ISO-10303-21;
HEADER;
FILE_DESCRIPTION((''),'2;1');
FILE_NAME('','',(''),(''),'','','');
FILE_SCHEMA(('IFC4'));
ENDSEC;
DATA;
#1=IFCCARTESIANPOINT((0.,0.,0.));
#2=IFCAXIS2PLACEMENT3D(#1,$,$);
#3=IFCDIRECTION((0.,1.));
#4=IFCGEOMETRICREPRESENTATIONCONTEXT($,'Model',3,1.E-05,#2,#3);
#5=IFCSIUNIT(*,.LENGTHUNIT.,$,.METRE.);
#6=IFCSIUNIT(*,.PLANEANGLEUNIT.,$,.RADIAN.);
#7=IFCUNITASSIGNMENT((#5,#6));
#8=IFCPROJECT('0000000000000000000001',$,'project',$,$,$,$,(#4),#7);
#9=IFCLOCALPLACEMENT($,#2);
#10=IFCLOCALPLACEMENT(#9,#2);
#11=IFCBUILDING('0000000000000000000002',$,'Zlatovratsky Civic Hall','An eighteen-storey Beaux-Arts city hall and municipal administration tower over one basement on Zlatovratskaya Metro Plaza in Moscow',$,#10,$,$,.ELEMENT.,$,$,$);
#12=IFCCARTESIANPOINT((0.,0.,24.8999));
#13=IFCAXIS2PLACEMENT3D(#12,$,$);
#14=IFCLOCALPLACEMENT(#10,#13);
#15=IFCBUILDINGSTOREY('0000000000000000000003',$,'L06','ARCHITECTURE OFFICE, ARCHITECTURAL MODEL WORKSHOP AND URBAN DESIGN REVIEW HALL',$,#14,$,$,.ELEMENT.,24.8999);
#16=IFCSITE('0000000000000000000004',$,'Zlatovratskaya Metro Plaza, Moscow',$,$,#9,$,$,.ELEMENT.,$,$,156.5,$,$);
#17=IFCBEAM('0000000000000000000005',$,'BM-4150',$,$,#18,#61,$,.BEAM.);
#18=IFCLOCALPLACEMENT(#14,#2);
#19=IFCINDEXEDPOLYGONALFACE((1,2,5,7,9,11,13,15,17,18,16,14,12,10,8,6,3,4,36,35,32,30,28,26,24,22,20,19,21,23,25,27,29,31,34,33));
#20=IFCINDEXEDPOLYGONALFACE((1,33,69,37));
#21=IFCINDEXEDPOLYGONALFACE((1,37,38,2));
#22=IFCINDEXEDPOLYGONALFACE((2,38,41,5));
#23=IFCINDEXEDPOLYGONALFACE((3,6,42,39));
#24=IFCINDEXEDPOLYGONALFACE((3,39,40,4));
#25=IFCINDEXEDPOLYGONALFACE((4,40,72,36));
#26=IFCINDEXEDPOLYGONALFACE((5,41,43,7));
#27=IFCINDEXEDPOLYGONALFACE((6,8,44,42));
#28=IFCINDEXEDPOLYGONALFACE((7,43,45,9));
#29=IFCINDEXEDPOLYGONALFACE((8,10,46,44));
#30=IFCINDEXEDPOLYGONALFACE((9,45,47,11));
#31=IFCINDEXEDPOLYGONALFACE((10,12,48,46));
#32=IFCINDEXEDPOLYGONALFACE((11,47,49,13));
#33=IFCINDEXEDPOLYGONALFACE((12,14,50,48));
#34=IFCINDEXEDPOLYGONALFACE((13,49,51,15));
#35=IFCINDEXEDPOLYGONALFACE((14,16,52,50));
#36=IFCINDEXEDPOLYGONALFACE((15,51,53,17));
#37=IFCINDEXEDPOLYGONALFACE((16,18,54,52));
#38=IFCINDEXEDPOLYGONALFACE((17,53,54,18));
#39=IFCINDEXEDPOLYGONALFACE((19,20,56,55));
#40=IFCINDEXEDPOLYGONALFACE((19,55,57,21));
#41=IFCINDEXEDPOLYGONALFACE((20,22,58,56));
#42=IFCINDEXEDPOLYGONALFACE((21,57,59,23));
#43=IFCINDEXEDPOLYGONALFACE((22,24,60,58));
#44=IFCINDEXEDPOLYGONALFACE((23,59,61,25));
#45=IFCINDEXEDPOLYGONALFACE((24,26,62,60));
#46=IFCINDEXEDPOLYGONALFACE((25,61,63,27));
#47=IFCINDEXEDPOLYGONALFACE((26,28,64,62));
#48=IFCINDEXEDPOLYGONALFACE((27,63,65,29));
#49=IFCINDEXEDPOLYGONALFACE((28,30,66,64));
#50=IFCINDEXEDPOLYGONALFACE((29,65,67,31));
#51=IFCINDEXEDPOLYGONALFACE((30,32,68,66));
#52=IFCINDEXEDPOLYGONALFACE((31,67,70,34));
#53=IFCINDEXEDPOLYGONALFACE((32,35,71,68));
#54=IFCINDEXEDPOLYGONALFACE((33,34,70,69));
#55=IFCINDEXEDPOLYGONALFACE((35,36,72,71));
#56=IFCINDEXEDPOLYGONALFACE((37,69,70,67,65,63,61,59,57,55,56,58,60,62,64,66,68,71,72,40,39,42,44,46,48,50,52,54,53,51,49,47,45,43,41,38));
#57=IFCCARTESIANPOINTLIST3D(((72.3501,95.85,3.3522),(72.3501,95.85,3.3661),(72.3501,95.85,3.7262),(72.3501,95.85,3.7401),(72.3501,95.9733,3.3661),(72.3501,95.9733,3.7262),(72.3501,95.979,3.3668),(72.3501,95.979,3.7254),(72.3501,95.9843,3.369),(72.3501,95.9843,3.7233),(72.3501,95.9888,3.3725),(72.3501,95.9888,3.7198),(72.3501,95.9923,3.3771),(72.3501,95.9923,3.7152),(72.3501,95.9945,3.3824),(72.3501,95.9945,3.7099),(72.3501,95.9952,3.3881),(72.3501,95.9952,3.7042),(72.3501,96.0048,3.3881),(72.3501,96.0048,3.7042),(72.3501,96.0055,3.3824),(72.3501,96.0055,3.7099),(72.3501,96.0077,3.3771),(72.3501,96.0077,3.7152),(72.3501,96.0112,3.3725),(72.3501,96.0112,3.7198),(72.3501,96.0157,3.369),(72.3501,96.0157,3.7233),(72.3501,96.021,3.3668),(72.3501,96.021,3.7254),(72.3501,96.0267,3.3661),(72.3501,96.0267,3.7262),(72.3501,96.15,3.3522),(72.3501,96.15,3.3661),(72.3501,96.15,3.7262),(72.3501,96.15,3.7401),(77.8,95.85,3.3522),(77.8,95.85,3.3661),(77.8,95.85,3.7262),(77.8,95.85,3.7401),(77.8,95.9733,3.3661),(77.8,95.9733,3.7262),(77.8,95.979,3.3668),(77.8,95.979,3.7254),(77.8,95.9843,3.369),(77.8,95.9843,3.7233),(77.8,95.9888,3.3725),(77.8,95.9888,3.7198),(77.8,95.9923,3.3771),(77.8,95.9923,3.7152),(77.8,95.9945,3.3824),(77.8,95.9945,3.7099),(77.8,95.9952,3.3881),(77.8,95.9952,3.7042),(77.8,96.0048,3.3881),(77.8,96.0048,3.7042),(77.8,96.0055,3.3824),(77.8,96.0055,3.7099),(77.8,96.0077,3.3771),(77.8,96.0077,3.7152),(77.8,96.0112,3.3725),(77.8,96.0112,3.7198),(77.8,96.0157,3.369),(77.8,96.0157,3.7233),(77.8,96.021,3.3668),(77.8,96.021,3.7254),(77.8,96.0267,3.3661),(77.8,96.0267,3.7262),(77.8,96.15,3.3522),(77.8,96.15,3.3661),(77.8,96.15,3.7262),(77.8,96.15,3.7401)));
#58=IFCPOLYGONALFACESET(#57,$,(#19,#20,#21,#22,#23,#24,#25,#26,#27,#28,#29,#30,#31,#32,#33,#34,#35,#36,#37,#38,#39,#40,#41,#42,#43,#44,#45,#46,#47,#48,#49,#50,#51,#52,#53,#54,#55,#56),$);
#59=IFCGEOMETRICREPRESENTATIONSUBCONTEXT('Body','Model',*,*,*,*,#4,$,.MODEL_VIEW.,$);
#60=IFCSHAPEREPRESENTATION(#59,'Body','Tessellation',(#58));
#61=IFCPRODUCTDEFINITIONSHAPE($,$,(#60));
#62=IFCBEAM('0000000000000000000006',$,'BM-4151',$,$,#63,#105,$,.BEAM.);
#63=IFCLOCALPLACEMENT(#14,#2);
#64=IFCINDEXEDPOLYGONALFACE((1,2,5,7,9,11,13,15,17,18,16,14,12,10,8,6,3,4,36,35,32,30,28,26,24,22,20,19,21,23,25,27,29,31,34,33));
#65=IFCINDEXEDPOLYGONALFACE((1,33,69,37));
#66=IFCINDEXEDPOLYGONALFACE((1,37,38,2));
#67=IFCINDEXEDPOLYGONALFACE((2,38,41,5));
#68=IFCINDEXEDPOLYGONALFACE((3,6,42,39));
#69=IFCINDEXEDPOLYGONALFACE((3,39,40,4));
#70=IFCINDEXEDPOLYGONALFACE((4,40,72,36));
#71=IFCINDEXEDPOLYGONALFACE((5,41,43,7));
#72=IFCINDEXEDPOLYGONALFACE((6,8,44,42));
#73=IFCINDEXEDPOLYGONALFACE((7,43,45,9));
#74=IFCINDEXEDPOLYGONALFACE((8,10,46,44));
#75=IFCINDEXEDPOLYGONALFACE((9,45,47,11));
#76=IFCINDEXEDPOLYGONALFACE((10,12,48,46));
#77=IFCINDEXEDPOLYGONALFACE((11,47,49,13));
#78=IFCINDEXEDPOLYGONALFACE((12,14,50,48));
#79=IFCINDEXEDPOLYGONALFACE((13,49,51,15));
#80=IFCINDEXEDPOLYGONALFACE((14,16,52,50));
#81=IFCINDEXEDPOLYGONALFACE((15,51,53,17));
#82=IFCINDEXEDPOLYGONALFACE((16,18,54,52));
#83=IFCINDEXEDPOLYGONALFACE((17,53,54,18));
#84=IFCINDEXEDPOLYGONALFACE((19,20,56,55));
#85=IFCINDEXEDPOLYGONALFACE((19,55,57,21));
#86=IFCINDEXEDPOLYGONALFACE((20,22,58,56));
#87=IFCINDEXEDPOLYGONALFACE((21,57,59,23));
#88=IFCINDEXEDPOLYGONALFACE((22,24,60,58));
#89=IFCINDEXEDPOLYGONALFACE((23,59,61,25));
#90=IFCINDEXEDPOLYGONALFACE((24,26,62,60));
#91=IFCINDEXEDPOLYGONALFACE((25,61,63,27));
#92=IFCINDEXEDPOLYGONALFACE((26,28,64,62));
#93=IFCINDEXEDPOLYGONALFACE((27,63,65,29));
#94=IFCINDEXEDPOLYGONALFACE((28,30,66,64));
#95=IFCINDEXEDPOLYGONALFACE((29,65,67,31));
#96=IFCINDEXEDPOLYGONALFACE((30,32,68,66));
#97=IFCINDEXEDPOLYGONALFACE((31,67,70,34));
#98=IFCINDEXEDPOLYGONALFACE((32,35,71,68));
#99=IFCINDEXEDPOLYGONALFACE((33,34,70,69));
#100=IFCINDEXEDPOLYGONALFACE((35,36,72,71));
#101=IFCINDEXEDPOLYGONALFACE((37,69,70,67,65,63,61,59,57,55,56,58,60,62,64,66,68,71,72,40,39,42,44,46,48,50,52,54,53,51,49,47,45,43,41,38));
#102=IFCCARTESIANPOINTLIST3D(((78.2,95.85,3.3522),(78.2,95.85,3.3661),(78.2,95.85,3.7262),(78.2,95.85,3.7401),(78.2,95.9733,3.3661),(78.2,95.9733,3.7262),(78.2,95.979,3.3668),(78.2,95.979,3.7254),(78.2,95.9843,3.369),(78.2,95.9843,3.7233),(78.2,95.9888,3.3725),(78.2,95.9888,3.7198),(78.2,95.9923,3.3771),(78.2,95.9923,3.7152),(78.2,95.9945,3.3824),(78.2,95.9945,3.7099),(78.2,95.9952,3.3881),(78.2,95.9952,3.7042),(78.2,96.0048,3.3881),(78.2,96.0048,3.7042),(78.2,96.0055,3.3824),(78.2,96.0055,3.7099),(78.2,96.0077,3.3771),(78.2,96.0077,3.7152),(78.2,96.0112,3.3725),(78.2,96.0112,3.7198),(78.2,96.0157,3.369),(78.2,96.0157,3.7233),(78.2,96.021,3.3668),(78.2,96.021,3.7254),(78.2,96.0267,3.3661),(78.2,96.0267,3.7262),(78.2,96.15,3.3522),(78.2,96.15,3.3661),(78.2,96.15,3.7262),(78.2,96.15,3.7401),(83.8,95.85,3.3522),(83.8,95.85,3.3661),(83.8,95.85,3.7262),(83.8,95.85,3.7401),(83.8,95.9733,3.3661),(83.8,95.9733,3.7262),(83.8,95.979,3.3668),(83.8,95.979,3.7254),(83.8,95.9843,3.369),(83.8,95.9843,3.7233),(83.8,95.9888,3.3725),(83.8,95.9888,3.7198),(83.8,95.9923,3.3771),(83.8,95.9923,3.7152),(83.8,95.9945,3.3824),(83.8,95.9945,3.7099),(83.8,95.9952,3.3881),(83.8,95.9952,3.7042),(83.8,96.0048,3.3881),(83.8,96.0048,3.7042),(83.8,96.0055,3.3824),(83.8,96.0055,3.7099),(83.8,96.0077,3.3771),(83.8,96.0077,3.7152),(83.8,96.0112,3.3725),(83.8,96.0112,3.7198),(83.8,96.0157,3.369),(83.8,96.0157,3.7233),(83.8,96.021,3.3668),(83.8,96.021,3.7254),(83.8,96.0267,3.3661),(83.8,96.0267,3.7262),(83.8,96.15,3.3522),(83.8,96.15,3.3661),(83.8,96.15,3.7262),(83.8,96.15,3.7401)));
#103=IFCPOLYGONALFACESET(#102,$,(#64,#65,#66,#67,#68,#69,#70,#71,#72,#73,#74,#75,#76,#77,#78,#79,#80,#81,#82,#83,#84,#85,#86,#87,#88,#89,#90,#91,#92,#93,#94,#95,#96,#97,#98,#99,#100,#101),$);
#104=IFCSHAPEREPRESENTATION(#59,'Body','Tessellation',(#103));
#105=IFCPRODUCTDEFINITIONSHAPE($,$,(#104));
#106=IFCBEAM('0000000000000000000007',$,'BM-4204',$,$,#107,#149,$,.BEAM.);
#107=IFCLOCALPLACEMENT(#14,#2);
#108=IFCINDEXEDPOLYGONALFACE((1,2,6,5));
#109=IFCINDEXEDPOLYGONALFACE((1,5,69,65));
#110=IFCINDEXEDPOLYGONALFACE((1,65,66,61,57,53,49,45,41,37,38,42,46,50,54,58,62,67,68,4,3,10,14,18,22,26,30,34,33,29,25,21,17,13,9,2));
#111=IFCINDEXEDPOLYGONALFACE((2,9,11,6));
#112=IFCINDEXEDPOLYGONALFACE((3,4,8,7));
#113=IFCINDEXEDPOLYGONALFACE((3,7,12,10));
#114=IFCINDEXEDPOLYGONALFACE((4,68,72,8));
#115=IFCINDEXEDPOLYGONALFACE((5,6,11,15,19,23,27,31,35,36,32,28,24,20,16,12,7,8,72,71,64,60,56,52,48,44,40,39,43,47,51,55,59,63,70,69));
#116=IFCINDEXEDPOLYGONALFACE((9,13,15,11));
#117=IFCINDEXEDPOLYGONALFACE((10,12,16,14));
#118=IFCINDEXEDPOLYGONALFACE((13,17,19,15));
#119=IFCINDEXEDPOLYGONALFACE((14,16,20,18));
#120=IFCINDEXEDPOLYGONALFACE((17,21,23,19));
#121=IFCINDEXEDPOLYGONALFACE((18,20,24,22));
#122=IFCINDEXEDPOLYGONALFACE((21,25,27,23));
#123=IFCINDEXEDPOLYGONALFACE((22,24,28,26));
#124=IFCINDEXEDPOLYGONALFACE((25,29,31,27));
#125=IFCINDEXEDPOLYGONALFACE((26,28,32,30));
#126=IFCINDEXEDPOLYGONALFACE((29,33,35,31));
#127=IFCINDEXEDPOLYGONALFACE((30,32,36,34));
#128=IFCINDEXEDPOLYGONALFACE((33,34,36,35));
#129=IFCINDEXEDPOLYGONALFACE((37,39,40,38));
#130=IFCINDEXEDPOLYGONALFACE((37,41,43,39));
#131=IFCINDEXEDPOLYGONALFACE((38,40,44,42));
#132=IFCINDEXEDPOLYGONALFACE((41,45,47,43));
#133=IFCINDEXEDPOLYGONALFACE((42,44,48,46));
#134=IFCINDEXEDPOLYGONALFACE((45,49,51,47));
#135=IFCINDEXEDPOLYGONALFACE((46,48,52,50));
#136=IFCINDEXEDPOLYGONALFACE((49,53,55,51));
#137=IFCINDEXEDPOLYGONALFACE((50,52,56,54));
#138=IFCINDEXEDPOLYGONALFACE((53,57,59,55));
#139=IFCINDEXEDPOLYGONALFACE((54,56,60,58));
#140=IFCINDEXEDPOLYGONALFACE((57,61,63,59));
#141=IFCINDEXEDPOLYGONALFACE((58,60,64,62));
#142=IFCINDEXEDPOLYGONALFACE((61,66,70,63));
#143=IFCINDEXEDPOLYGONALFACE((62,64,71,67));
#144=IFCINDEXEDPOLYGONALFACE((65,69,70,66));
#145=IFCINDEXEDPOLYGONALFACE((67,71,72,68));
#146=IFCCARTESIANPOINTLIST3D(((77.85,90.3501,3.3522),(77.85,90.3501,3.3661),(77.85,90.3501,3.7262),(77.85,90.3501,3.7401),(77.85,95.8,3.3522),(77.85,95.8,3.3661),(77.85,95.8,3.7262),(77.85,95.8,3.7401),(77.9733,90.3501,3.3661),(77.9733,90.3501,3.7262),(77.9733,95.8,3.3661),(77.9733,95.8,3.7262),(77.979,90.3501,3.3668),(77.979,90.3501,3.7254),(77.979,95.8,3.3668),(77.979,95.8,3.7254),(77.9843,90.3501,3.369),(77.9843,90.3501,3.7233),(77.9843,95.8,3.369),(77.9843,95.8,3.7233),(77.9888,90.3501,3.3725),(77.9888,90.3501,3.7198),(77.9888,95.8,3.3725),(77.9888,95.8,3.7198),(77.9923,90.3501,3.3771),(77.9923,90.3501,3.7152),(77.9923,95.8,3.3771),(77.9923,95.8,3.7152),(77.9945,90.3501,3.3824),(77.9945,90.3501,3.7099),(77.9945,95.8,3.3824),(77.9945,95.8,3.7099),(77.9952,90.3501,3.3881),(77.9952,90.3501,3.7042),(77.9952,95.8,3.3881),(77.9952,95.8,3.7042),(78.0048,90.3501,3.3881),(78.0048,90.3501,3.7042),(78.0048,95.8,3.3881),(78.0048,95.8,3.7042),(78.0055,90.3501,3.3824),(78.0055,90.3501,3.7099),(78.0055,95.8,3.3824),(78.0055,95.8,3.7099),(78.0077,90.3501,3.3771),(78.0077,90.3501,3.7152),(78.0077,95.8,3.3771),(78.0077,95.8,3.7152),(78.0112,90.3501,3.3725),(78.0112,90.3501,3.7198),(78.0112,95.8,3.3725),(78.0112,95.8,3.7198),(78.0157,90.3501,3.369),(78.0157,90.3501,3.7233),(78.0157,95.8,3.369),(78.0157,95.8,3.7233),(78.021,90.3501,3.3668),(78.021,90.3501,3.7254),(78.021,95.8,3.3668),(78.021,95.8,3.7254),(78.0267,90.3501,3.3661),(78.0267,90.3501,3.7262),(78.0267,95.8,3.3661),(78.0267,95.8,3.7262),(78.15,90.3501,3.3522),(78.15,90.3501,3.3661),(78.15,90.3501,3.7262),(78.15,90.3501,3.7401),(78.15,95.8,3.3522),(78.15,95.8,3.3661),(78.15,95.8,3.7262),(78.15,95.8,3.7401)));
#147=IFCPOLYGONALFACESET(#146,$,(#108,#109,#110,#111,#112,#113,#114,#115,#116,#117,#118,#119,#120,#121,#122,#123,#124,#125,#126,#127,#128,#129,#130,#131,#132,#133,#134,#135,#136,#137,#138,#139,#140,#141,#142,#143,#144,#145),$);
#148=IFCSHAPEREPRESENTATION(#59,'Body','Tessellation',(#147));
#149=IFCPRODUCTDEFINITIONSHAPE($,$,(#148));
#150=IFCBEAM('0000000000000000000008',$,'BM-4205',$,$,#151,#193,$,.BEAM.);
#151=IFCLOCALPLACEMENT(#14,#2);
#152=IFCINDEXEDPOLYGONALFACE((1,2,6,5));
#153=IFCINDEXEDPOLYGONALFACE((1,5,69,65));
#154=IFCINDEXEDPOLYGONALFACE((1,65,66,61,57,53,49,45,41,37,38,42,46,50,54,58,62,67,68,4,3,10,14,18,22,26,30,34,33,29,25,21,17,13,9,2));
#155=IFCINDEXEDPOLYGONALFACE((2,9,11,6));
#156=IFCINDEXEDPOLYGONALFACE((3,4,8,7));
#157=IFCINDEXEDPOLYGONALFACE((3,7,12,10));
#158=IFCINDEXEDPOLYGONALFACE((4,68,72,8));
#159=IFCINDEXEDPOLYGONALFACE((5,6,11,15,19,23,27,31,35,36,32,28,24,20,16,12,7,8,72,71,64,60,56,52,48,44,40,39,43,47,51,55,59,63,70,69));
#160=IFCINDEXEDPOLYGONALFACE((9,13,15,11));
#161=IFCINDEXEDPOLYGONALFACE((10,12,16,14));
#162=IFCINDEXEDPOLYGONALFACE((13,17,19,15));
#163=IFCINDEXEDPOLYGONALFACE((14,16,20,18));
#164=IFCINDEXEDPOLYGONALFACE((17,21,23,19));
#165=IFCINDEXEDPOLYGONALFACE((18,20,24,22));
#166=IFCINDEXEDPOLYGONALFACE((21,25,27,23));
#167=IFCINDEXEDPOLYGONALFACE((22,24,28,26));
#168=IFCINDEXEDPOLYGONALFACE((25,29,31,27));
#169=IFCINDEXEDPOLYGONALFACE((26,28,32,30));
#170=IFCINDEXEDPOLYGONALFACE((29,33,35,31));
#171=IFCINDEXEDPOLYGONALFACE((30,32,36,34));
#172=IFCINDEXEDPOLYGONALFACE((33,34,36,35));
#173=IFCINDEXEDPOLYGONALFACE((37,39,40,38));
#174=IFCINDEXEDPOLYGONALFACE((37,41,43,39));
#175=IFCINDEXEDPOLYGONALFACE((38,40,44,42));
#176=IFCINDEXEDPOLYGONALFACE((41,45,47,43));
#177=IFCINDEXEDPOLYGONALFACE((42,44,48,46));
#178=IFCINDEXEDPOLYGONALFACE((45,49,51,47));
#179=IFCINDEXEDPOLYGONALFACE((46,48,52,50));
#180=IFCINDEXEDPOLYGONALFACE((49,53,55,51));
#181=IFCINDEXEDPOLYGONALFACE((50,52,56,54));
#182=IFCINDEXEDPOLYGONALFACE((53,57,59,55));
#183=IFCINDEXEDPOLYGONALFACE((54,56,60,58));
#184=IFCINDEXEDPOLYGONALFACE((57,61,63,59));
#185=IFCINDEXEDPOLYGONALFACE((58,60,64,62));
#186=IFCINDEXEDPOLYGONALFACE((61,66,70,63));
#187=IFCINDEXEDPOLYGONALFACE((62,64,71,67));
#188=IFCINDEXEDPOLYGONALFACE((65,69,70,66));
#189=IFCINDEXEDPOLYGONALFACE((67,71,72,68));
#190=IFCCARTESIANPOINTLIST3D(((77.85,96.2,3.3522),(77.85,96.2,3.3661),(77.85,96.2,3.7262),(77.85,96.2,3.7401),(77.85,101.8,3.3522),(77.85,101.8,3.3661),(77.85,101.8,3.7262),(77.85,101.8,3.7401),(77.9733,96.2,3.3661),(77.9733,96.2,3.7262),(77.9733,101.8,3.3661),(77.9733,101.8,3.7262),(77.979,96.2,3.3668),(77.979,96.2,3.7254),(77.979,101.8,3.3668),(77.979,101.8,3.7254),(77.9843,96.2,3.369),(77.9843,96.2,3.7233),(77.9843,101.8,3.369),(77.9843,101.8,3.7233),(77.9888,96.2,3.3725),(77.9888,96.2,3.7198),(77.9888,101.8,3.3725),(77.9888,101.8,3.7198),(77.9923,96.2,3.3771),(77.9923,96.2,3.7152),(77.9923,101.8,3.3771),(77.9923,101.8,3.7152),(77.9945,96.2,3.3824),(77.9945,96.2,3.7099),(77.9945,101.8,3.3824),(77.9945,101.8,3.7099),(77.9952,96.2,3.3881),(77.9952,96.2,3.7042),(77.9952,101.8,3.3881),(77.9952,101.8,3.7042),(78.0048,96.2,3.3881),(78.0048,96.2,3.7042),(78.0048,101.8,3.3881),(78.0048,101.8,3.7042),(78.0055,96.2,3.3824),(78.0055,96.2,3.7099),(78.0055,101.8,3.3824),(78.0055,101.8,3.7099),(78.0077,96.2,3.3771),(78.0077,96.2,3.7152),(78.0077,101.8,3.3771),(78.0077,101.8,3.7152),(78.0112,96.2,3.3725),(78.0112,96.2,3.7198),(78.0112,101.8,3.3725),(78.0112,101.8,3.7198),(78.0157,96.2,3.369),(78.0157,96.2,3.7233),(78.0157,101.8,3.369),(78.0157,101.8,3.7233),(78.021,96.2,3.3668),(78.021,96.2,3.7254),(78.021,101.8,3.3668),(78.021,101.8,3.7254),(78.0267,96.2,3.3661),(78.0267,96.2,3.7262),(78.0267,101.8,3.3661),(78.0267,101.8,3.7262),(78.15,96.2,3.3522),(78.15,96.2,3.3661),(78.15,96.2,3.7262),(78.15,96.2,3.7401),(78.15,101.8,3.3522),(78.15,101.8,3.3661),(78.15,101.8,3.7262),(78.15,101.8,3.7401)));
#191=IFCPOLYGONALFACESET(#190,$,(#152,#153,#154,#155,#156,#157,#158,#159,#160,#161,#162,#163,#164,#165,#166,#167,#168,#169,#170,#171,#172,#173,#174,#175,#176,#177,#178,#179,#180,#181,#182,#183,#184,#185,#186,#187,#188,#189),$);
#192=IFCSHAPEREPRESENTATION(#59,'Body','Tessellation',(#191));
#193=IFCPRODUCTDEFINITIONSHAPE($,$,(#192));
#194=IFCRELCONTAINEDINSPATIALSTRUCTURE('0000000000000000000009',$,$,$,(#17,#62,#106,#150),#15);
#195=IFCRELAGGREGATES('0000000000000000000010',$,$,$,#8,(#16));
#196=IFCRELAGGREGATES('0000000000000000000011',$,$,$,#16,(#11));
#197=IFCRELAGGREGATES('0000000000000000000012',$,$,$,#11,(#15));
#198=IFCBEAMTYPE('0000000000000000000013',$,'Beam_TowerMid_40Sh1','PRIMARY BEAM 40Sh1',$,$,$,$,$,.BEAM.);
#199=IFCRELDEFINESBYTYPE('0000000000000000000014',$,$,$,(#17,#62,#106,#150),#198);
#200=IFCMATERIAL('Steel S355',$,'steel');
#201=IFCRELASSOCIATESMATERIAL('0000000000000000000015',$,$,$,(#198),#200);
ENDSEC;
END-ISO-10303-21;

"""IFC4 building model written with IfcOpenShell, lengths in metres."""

from ifc_helpers import new_model, si_unit, direction, frame, origin, origin_2d, place, context, subcontext, project, spatial, i_section, extrude, material, material_profile, profile_set, type_object, element, save


model = new_model("IFC4")

# Units and contexts
model_context = context("Model", 3, precision=1e-05, world=origin(), true_north=direction((0.0, 1.0)))
body_context = subcontext(model_context, "Body", "Model", "MODEL_VIEW")
ifc_project = project(units=[si_unit("LENGTHUNIT", "METRE"), si_unit("PLANEANGLEUNIT", "RADIAN")], contexts=[model_context])

# Site, building, storey
site_placement = place(None, origin())
site = spatial("IfcSite", under=ifc_project, at=site_placement, Name="Zlatovratskaya Metro Plaza, Moscow", CompositionType="ELEMENT", RefElevation=156.5)
building_placement = place(site_placement, origin())
building = spatial("IfcBuilding", under=site, at=building_placement, Name="Zlatovratsky Civic Hall", Description="An eighteen-storey Beaux-Arts city hall and municipal administration tower over one basement on Zlatovratskaya Metro Plaza in Moscow", CompositionType="ELEMENT")
storey_placement = place(building_placement, frame((0.0, 0.0, 24.8999)))
storey = spatial("IfcBuildingStorey", under=building, at=storey_placement, Name="L06", Description="ARCHITECTURE OFFICE, ARCHITECTURAL MODEL WORKSHOP AND URBAN DESIGN REVIEW HALL", CompositionType="ELEMENT", Elevation=24.8999)

# Shared definitions
ifc_material_1 = material(Name="Steel S355", Category="steel")

# Beams
ifc_material_profile_1 = material_profile(ifc_material_1, i_section(OverallWidth=0.3, OverallDepth=0.3879, WebThickness=0.0095, FlangeThickness=0.0139, FilletRadius=0.022, at=origin_2d()), Name="40Sh1")
ifc_profile_set_1 = profile_set([ifc_material_profile_1], Name="Steel S355")
beam_type_1 = type_object("IfcBeamType", Name="Beam_TowerMid_40Sh1", Description="PRIMARY BEAM 40Sh1", PredefinedType="BEAM", material=ifc_profile_set_1)
beam_1_placement = place(storey_placement, frame((72.3501, 96.0, 3.5461), z_axis=(1.0, 0.0, 0.0), x_axis=(0.0, 1.0, 0.0)))
element("IfcBeam", 1, at=beam_1_placement, inside=storey, type_object=beam_type_1, Name="BM-4150", PredefinedType="BEAM", context=body_context, shape_type="SweptSolid", body=[
    extrude(i_section(OverallWidth=0.3, OverallDepth=0.3879, WebThickness=0.0095, FlangeThickness=0.0139, FilletRadius=0.022, at=origin_2d()), origin(), (0.0, 0.0, 1.0), 5.45),
])
beam_2_placement = place(storey_placement, frame((78.2, 96.0, 3.5461), z_axis=(1.0, 0.0, 0.0), x_axis=(0.0, 1.0, 0.0)))
element("IfcBeam", 2, at=beam_2_placement, inside=storey, type_object=beam_type_1, Name="BM-4151", PredefinedType="BEAM", context=body_context, shape_type="SweptSolid", body=[
    extrude(i_section(OverallWidth=0.3, OverallDepth=0.3879, WebThickness=0.0095, FlangeThickness=0.0139, FilletRadius=0.022, at=origin_2d()), origin(), (0.0, 0.0, 1.0), 5.6001),
])
beam_3_placement = place(storey_placement, frame((78.0, 90.3501, 3.5461), z_axis=(0.0, 1.0, 0.0), x_axis=(-1.0, 0.0, 0.0)))
element("IfcBeam", 3, at=beam_3_placement, inside=storey, type_object=beam_type_1, Name="BM-4204", PredefinedType="BEAM", context=body_context, shape_type="SweptSolid", body=[
    extrude(i_section(OverallWidth=0.3, OverallDepth=0.3879, WebThickness=0.0095, FlangeThickness=0.0139, FilletRadius=0.022, at=origin_2d()), origin(), (0.0, 0.0, 1.0), 5.45),
])
beam_4_placement = place(storey_placement, frame((78.0, 96.2, 3.5461), z_axis=(0.0, 1.0, 0.0), x_axis=(-1.0, 0.0, 0.0)))
element("IfcBeam", 4, at=beam_4_placement, inside=storey, type_object=beam_type_1, Name="BM-4205", PredefinedType="BEAM", context=body_context, shape_type="SweptSolid", body=[
    extrude(i_section(OverallWidth=0.3, OverallDepth=0.3879, WebThickness=0.0095, FlangeThickness=0.0139, FilletRadius=0.022, at=origin_2d()), origin(), (0.0, 0.0, 1.0), 5.6001),
])

save(model, "model.ifc")
